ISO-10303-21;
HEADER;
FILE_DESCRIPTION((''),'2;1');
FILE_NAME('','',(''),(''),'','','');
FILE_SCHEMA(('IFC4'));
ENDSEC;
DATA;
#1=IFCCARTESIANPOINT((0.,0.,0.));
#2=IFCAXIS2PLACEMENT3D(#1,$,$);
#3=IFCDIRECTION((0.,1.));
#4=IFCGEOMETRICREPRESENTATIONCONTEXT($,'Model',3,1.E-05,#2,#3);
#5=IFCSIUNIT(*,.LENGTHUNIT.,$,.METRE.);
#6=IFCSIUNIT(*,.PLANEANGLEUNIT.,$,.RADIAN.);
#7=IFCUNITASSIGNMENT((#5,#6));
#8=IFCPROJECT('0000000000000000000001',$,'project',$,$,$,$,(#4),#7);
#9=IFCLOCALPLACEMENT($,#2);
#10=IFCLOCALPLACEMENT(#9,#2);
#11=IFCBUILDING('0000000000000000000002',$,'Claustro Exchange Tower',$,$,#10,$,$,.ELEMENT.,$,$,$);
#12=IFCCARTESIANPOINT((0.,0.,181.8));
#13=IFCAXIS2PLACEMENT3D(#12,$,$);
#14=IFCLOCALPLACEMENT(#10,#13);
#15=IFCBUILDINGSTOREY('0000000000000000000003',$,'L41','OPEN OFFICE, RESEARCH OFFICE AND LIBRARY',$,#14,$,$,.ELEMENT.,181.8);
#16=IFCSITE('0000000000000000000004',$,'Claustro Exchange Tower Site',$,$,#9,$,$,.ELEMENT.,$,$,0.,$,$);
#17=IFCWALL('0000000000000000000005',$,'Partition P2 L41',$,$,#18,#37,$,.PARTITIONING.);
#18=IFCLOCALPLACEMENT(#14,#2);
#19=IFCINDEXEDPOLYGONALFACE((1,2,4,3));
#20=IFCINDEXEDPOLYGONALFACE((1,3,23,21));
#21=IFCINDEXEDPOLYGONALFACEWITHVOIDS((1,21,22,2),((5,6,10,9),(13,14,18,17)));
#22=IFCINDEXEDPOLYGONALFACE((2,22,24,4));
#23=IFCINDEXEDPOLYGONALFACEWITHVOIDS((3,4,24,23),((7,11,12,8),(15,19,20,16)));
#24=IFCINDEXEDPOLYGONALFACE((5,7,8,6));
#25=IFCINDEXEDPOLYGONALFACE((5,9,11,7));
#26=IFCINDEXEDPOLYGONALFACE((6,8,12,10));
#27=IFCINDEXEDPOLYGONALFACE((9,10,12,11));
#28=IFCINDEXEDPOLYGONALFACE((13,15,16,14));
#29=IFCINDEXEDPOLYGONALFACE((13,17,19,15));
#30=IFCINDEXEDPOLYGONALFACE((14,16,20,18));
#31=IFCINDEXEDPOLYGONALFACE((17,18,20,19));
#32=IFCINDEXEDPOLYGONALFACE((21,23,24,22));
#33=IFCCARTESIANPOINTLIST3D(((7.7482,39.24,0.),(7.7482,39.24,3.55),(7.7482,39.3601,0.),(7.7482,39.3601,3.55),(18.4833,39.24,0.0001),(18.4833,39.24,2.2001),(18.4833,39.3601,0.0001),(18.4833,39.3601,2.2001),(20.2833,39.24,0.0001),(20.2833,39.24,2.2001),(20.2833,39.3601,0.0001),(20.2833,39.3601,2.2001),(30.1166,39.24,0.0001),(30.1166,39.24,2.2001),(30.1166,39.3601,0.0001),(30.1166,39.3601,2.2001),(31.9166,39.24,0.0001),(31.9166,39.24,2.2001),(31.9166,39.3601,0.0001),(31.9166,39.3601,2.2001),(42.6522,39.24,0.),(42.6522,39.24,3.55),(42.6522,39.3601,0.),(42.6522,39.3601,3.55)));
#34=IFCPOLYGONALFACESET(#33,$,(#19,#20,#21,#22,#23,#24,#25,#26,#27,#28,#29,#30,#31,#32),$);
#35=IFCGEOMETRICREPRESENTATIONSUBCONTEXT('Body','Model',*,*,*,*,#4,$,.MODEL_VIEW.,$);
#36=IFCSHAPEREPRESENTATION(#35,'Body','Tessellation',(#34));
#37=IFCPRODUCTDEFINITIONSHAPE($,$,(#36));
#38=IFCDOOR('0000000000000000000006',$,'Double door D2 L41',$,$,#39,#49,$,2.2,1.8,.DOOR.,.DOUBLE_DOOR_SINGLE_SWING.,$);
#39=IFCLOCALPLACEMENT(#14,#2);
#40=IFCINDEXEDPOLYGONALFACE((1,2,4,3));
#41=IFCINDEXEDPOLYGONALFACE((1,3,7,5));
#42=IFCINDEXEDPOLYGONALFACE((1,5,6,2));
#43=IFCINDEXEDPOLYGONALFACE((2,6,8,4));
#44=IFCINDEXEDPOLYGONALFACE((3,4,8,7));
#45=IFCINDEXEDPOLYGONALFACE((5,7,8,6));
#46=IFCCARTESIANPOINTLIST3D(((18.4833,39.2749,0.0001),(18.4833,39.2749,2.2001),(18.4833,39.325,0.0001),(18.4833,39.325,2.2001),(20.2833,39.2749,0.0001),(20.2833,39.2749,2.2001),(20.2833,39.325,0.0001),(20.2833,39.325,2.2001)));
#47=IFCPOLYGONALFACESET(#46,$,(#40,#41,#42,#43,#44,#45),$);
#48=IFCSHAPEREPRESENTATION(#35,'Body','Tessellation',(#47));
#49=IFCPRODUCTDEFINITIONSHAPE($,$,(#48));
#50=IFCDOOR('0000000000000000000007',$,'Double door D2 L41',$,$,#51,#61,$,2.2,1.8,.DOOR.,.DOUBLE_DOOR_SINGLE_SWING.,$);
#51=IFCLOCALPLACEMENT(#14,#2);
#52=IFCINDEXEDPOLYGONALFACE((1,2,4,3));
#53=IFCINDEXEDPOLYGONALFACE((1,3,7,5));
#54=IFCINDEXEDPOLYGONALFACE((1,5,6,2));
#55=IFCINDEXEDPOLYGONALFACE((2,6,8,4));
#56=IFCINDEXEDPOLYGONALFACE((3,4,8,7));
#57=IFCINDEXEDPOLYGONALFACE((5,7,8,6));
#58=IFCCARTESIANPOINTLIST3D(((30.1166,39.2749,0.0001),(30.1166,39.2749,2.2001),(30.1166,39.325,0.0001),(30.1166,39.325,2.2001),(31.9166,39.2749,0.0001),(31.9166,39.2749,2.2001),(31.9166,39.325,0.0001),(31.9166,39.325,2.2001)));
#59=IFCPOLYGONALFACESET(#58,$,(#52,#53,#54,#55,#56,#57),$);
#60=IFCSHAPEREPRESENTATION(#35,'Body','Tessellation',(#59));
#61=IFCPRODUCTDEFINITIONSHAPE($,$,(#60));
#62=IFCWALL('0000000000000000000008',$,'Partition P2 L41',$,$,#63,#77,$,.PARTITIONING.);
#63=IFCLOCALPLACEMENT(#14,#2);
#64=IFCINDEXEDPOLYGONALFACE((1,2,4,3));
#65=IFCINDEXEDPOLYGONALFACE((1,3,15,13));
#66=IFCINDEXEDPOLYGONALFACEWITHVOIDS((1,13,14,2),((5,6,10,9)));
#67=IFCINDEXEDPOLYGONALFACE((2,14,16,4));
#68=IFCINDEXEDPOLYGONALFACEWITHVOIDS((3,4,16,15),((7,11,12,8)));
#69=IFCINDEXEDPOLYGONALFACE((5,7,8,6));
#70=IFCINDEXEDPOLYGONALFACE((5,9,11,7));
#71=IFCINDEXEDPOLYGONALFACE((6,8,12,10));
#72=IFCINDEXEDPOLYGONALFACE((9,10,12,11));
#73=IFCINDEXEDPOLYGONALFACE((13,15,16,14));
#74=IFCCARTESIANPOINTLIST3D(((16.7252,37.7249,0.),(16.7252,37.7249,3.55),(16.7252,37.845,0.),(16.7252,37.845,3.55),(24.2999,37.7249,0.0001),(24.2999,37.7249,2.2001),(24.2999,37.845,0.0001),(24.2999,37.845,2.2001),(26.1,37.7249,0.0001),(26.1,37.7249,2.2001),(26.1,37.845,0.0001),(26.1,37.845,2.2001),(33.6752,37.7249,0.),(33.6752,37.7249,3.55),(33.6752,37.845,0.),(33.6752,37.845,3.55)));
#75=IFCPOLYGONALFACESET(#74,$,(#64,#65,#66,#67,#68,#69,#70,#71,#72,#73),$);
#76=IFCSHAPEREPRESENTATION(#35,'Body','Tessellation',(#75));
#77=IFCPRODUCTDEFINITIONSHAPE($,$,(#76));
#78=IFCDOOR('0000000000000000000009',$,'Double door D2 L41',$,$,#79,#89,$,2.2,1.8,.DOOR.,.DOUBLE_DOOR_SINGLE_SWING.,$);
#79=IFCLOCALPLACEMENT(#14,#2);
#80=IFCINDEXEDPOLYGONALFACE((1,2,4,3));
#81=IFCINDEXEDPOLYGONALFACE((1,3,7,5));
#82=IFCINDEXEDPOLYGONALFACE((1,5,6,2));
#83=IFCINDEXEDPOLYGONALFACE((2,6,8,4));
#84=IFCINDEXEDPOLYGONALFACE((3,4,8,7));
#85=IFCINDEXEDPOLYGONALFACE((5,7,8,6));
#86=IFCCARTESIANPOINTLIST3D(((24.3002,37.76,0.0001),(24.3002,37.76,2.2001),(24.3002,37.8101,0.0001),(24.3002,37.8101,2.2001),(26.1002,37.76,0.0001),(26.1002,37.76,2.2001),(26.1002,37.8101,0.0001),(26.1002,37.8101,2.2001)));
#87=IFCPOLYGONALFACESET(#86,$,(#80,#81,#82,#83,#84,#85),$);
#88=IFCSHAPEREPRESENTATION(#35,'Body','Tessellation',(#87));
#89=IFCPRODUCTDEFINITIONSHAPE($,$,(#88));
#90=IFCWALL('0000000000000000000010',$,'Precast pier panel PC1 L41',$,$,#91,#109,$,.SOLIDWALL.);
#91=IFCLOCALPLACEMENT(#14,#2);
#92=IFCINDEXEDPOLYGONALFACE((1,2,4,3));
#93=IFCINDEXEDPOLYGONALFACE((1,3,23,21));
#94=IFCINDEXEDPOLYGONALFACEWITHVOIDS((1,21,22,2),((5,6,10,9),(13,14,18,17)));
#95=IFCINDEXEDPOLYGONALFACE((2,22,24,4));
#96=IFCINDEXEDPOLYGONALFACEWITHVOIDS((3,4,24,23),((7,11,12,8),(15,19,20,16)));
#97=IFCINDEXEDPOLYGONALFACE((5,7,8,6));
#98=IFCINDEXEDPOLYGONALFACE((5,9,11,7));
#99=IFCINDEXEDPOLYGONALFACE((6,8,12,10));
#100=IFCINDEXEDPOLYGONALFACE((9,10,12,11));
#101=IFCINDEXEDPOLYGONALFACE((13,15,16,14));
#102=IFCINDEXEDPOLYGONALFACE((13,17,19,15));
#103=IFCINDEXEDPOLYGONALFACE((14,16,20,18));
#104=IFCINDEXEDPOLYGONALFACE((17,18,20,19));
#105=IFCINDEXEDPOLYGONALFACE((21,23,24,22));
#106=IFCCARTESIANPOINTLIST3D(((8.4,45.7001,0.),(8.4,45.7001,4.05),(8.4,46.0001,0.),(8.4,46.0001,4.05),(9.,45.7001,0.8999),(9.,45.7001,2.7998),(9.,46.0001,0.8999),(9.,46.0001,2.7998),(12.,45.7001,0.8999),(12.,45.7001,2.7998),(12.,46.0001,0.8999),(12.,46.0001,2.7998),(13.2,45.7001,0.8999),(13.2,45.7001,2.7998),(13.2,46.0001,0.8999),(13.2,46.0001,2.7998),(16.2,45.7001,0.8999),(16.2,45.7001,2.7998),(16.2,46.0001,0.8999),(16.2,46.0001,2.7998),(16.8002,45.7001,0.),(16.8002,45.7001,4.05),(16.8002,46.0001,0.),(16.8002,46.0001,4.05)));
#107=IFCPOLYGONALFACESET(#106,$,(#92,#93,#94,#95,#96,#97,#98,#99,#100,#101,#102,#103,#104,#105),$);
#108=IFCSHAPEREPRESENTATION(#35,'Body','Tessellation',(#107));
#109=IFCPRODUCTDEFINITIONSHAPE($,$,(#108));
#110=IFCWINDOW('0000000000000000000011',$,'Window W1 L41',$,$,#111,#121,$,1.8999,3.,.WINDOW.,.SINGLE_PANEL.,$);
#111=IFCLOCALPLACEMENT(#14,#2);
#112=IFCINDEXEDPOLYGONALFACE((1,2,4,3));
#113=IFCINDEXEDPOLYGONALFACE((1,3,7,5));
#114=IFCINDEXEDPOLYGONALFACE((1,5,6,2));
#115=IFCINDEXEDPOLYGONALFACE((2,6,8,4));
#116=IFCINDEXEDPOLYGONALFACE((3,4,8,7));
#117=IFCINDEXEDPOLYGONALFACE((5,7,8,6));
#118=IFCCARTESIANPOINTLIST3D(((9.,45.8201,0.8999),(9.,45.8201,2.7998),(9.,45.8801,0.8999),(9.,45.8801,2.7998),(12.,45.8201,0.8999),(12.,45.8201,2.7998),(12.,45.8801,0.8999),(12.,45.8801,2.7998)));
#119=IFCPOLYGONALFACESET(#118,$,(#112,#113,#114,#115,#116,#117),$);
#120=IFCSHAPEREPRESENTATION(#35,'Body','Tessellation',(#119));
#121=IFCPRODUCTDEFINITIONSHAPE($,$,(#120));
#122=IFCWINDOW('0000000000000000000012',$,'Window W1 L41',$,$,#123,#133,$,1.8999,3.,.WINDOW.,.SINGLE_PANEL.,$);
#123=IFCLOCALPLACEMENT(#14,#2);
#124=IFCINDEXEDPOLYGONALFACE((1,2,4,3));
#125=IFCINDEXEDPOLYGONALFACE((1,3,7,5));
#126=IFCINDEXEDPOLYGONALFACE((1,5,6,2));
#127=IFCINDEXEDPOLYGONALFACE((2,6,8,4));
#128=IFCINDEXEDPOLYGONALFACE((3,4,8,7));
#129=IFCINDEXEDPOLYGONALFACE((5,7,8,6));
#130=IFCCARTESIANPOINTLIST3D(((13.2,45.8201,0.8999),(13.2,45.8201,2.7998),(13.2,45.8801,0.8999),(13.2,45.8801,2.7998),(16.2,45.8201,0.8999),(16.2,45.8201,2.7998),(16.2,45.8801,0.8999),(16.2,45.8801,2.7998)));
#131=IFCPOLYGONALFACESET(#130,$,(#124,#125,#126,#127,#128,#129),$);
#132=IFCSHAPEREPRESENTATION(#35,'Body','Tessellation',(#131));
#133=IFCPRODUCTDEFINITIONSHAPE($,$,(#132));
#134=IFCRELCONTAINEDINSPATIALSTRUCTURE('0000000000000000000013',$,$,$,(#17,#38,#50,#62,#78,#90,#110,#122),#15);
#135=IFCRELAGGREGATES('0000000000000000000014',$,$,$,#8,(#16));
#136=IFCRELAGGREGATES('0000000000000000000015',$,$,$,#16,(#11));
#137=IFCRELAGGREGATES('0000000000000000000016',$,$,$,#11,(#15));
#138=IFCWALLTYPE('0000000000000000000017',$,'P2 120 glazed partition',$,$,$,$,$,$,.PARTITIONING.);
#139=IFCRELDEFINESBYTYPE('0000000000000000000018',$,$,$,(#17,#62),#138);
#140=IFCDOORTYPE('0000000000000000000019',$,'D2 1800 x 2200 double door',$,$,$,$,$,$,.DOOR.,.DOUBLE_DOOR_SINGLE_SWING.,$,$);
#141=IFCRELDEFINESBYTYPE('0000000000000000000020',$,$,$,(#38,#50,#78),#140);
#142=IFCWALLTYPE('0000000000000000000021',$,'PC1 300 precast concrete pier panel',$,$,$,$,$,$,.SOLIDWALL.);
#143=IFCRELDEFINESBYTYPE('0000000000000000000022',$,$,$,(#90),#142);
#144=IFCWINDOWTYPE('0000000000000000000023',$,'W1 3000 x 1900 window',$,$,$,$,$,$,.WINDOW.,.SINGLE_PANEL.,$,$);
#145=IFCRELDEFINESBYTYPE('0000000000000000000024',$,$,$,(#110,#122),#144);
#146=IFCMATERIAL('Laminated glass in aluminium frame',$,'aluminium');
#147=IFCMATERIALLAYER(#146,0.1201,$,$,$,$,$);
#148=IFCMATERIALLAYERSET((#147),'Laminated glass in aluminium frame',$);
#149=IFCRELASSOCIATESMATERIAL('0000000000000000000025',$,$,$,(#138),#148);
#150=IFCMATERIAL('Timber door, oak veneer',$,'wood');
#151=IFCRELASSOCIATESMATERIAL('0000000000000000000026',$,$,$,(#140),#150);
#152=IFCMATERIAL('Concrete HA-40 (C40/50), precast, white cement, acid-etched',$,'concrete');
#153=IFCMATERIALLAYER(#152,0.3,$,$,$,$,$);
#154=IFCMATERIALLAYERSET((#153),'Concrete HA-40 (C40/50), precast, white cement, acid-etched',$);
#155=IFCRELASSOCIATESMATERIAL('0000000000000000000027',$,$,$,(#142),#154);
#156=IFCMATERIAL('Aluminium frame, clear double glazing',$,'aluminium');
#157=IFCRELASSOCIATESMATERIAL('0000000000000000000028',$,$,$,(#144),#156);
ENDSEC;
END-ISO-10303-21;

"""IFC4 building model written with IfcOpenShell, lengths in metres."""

from ifc_helpers import new_model, si_unit, direction, frame, frame_2d, origin, place, context, subcontext, project, spatial, rectangle, extrude, material, layer, layer_set, type_object, element, fill, save


model = new_model("IFC4")

# Units and contexts
model_context = context("Model", 3, precision=1e-05, world=origin(), true_north=direction((0.0, 1.0)))
body_context = subcontext(model_context, "Body", "Model", "MODEL_VIEW")
ifc_project = project(units=[si_unit("LENGTHUNIT", "METRE"), si_unit("PLANEANGLEUNIT", "RADIAN")], contexts=[model_context])

# Site, building, storey
site_placement = place(None, origin())
site = spatial("IfcSite", under=ifc_project, at=site_placement, Name="Claustro Exchange Tower Site", CompositionType="ELEMENT", RefElevation=0.0)
building_placement = place(site_placement, origin())
building = spatial("IfcBuilding", under=site, at=building_placement, Name="Claustro Exchange Tower", CompositionType="ELEMENT")
storey_placement = place(building_placement, frame((0.0, 0.0, 181.8)))
storey = spatial("IfcBuildingStorey", under=building, at=storey_placement, Name="L41", Description="OPEN OFFICE, RESEARCH OFFICE AND LIBRARY", CompositionType="ELEMENT", Elevation=181.8)

# Shared definitions
ifc_material_1 = material(Name="Laminated glass in aluminium frame", Category="aluminium")
ifc_layer_1 = layer(ifc_material_1, 0.1201)
ifc_layer_set_1 = layer_set([ifc_layer_1], Name="Laminated glass in aluminium frame")
wall_type_1 = type_object("IfcWallType", Name="P2 120 glazed partition", PredefinedType="PARTITIONING", material=ifc_layer_set_1)

# Wall, openings, doors
wall_1_placement = place(storey_placement, frame((7.748, 39.3, 0.0), z_axis=(0.0, 0.0, 1.0), x_axis=(1.0, 0.0, 0.0)))
wall_1 = element("IfcWall", 1, at=wall_1_placement, inside=storey, type_object=wall_type_1, Name="Partition P2 L41", PredefinedType="PARTITIONING", context=body_context, shape_type="SweptSolid", body=[
    extrude(rectangle(XDim=34.9041, YDim=0.1201, at=frame_2d((17.4521, 0.0))), origin(), (0.0, 0.0, 1.0), 3.55),
])
opening_1_placement = place(wall_1_placement, frame((10.7354, 0.0, 0.0)))
opening_1 = element("IfcOpeningElement", 2, at=opening_1_placement, cuts=wall_1, PredefinedType="OPENING", context=body_context, shape_type="SweptSolid", body=[
    extrude(rectangle(XDim=1.8, YDim=2.2, at=frame_2d((0.8999, 1.1001))), frame((0.0, 0.0701, 0.0), z_axis=(0.0, -1.0, 0.0), x_axis=(1.0, 0.0, 0.0)), (0.0, 0.0, 1.0), 0.1401),
])
opening_2_placement = place(wall_1_placement, frame((22.3687, 0.0, 0.0)))
opening_2 = element("IfcOpeningElement", 3, at=opening_2_placement, cuts=wall_1, PredefinedType="OPENING", context=body_context, shape_type="SweptSolid", body=[
    extrude(rectangle(XDim=1.8, YDim=2.2, at=frame_2d((0.8999, 1.1001))), frame((0.0, 0.0701, 0.0), z_axis=(0.0, -1.0, 0.0), x_axis=(1.0, 0.0, 0.0)), (0.0, 0.0, 1.0), 0.1401),
])
ifc_material_2 = material(Name="Timber door, oak veneer", Category="wood")
door_type_1 = type_object("IfcDoorType", Name="D2 1800 x 2200 double door", OperationType="DOUBLE_DOOR_SINGLE_SWING", PredefinedType="DOOR", material=ifc_material_2)
door_1_placement = place(opening_1_placement, origin())
door_1 = element("IfcDoor", 4, at=door_1_placement, inside=storey, type_object=door_type_1, Name="Double door D2 L41", OperationType="DOUBLE_DOOR_SINGLE_SWING", OverallHeight=2.2, OverallWidth=1.8, PredefinedType="DOOR", context=body_context, shape_type="SweptSolid", body=[
    extrude(rectangle(XDim=1.8, YDim=2.2, at=frame_2d((0.8999, 1.1001))), frame((0.0, 0.0249, 0.0), z_axis=(0.0, -1.0, 0.0), x_axis=(1.0, 0.0, 0.0)), (0.0, 0.0, 1.0), 0.05),
])
fill(opening_1, door_1)
door_2_placement = place(opening_2_placement, origin())
door_2 = element("IfcDoor", 5, at=door_2_placement, inside=storey, type_object=door_type_1, Name="Double door D2 L41", OperationType="DOUBLE_DOOR_SINGLE_SWING", OverallHeight=2.2, OverallWidth=1.8, PredefinedType="DOOR", context=body_context, shape_type="SweptSolid", body=[
    extrude(rectangle(XDim=1.8, YDim=2.2, at=frame_2d((0.8999, 1.1001))), frame((0.0, 0.0249, 0.0), z_axis=(0.0, -1.0, 0.0), x_axis=(1.0, 0.0, 0.0)), (0.0, 0.0, 1.0), 0.05),
])
fill(opening_2, door_2)

# Wall, opening, door
wall_2_placement = place(storey_placement, frame((16.7251, 37.7849, 0.0), z_axis=(0.0, 0.0, 1.0), x_axis=(1.0, 0.0, 0.0)))
wall_2 = element("IfcWall", 6, at=wall_2_placement, inside=storey, type_object=wall_type_1, Name="Partition P2 L41", PredefinedType="PARTITIONING", context=body_context, shape_type="SweptSolid", body=[
    extrude(rectangle(XDim=16.95, YDim=0.1201, at=frame_2d((8.4751, 0.0))), origin(), (0.0, 0.0, 1.0), 3.55),
])
opening_3_placement = place(wall_2_placement, frame((7.575, 0.0, 0.0)))
opening_3 = element("IfcOpeningElement", 7, at=opening_3_placement, cuts=wall_2, PredefinedType="OPENING", context=body_context, shape_type="SweptSolid", body=[
    extrude(rectangle(XDim=1.8, YDim=2.2, at=frame_2d((0.8999, 1.1001))), frame((0.0, 0.0701, 0.0), z_axis=(0.0, -1.0, 0.0), x_axis=(1.0, 0.0, 0.0)), (0.0, 0.0, 1.0), 0.1401),
])
door_3_placement = place(opening_3_placement, frame((1.8, 0.0, 0.0), z_axis=(0.0, 0.0, 1.0), x_axis=(-1.0, 0.0, 0.0)))
door_3 = element("IfcDoor", 8, at=door_3_placement, inside=storey, type_object=door_type_1, Name="Double door D2 L41", OperationType="DOUBLE_DOOR_SINGLE_SWING", OverallHeight=2.2, OverallWidth=1.8, PredefinedType="DOOR", context=body_context, shape_type="SweptSolid", body=[
    extrude(rectangle(XDim=1.8, YDim=2.2, at=frame_2d((0.8999, 1.1001))), frame((0.0, 0.0249, 0.0), z_axis=(0.0, -1.0, 0.0), x_axis=(1.0, 0.0, 0.0)), (0.0, 0.0, 1.0), 0.05),
])
fill(opening_3, door_3)

# Wall, openings, windows
ifc_material_3 = material(Name="Concrete HA-40 (C40/50), precast, white cement, acid-etched", Category="concrete")
ifc_layer_2 = layer(ifc_material_3, 0.3)
ifc_layer_set_2 = layer_set([ifc_layer_2], Name="Concrete HA-40 (C40/50), precast, white cement, acid-etched")
wall_type_2 = type_object("IfcWallType", Name="PC1 300 precast concrete pier panel", PredefinedType="SOLIDWALL", material=ifc_layer_set_2)
wall_3_placement = place(storey_placement, frame((8.3999, 45.8501, 0.0), z_axis=(0.0, 0.0, 1.0), x_axis=(1.0, 0.0, 0.0)))
wall_3 = element("IfcWall", 9, at=wall_3_placement, inside=storey, type_object=wall_type_2, Name="Precast pier panel PC1 L41", PredefinedType="SOLIDWALL", context=body_context, shape_type="SweptSolid", body=[
    extrude(rectangle(XDim=8.4001, YDim=0.3, at=frame_2d((4.2002, 0.0))), origin(), (0.0, 0.0, 1.0), 4.05),
])
opening_4_placement = place(wall_3_placement, frame((0.6001, 0.0, 0.8999)))
opening_4 = element("IfcOpeningElement", 10, at=opening_4_placement, cuts=wall_3, PredefinedType="OPENING", context=body_context, shape_type="SweptSolid", body=[
    extrude(rectangle(XDim=3.0, YDim=1.8999, at=frame_2d((1.5, 0.95))), frame((0.0, 0.1599, 0.0), z_axis=(0.0, -1.0, 0.0), x_axis=(1.0, 0.0, 0.0)), (0.0, 0.0, 1.0), 0.3201),
])
opening_5_placement = place(wall_3_placement, frame((4.8, 0.0, 0.8999)))
opening_5 = element("IfcOpeningElement", 11, at=opening_5_placement, cuts=wall_3, PredefinedType="OPENING", context=body_context, shape_type="SweptSolid", body=[
    extrude(rectangle(XDim=3.0, YDim=1.8999, at=frame_2d((1.5, 0.95))), frame((0.0, 0.1599, 0.0), z_axis=(0.0, -1.0, 0.0), x_axis=(1.0, 0.0, 0.0)), (0.0, 0.0, 1.0), 0.3201),
])
ifc_material_4 = material(Name="Aluminium frame, clear double glazing", Category="aluminium")
window_type = type_object("IfcWindowType", Name="W1 3000 x 1900 window", PartitioningType="SINGLE_PANEL", PredefinedType="WINDOW", material=ifc_material_4)
window_1_placement = place(opening_4_placement, origin())
window_1 = element("IfcWindow", 12, at=window_1_placement, inside=storey, type_object=window_type, Name="Window W1 L41", OverallHeight=1.8999, OverallWidth=3.0, PartitioningType="SINGLE_PANEL", PredefinedType="WINDOW", context=body_context, shape_type="SweptSolid", body=[
    extrude(rectangle(XDim=3.0, YDim=1.8999, at=frame_2d((1.5, 0.95))), frame((0.0, 0.03, 0.0), z_axis=(0.0, -1.0, 0.0), x_axis=(1.0, 0.0, 0.0)), (0.0, 0.0, 1.0), 0.0601),
])
fill(opening_4, window_1)
window_2_placement = place(opening_5_placement, origin())
window_2 = element("IfcWindow", 13, at=window_2_placement, inside=storey, type_object=window_type, Name="Window W1 L41", OverallHeight=1.8999, OverallWidth=3.0, PartitioningType="SINGLE_PANEL", PredefinedType="WINDOW", context=body_context, shape_type="SweptSolid", body=[
    extrude(rectangle(XDim=3.0, YDim=1.8999, at=frame_2d((1.5, 0.95))), frame((0.0, 0.03, 0.0), z_axis=(0.0, -1.0, 0.0), x_axis=(1.0, 0.0, 0.0)), (0.0, 0.0, 1.0), 0.0601),
])
fill(opening_5, window_2)

save(model, "model.ifc")
